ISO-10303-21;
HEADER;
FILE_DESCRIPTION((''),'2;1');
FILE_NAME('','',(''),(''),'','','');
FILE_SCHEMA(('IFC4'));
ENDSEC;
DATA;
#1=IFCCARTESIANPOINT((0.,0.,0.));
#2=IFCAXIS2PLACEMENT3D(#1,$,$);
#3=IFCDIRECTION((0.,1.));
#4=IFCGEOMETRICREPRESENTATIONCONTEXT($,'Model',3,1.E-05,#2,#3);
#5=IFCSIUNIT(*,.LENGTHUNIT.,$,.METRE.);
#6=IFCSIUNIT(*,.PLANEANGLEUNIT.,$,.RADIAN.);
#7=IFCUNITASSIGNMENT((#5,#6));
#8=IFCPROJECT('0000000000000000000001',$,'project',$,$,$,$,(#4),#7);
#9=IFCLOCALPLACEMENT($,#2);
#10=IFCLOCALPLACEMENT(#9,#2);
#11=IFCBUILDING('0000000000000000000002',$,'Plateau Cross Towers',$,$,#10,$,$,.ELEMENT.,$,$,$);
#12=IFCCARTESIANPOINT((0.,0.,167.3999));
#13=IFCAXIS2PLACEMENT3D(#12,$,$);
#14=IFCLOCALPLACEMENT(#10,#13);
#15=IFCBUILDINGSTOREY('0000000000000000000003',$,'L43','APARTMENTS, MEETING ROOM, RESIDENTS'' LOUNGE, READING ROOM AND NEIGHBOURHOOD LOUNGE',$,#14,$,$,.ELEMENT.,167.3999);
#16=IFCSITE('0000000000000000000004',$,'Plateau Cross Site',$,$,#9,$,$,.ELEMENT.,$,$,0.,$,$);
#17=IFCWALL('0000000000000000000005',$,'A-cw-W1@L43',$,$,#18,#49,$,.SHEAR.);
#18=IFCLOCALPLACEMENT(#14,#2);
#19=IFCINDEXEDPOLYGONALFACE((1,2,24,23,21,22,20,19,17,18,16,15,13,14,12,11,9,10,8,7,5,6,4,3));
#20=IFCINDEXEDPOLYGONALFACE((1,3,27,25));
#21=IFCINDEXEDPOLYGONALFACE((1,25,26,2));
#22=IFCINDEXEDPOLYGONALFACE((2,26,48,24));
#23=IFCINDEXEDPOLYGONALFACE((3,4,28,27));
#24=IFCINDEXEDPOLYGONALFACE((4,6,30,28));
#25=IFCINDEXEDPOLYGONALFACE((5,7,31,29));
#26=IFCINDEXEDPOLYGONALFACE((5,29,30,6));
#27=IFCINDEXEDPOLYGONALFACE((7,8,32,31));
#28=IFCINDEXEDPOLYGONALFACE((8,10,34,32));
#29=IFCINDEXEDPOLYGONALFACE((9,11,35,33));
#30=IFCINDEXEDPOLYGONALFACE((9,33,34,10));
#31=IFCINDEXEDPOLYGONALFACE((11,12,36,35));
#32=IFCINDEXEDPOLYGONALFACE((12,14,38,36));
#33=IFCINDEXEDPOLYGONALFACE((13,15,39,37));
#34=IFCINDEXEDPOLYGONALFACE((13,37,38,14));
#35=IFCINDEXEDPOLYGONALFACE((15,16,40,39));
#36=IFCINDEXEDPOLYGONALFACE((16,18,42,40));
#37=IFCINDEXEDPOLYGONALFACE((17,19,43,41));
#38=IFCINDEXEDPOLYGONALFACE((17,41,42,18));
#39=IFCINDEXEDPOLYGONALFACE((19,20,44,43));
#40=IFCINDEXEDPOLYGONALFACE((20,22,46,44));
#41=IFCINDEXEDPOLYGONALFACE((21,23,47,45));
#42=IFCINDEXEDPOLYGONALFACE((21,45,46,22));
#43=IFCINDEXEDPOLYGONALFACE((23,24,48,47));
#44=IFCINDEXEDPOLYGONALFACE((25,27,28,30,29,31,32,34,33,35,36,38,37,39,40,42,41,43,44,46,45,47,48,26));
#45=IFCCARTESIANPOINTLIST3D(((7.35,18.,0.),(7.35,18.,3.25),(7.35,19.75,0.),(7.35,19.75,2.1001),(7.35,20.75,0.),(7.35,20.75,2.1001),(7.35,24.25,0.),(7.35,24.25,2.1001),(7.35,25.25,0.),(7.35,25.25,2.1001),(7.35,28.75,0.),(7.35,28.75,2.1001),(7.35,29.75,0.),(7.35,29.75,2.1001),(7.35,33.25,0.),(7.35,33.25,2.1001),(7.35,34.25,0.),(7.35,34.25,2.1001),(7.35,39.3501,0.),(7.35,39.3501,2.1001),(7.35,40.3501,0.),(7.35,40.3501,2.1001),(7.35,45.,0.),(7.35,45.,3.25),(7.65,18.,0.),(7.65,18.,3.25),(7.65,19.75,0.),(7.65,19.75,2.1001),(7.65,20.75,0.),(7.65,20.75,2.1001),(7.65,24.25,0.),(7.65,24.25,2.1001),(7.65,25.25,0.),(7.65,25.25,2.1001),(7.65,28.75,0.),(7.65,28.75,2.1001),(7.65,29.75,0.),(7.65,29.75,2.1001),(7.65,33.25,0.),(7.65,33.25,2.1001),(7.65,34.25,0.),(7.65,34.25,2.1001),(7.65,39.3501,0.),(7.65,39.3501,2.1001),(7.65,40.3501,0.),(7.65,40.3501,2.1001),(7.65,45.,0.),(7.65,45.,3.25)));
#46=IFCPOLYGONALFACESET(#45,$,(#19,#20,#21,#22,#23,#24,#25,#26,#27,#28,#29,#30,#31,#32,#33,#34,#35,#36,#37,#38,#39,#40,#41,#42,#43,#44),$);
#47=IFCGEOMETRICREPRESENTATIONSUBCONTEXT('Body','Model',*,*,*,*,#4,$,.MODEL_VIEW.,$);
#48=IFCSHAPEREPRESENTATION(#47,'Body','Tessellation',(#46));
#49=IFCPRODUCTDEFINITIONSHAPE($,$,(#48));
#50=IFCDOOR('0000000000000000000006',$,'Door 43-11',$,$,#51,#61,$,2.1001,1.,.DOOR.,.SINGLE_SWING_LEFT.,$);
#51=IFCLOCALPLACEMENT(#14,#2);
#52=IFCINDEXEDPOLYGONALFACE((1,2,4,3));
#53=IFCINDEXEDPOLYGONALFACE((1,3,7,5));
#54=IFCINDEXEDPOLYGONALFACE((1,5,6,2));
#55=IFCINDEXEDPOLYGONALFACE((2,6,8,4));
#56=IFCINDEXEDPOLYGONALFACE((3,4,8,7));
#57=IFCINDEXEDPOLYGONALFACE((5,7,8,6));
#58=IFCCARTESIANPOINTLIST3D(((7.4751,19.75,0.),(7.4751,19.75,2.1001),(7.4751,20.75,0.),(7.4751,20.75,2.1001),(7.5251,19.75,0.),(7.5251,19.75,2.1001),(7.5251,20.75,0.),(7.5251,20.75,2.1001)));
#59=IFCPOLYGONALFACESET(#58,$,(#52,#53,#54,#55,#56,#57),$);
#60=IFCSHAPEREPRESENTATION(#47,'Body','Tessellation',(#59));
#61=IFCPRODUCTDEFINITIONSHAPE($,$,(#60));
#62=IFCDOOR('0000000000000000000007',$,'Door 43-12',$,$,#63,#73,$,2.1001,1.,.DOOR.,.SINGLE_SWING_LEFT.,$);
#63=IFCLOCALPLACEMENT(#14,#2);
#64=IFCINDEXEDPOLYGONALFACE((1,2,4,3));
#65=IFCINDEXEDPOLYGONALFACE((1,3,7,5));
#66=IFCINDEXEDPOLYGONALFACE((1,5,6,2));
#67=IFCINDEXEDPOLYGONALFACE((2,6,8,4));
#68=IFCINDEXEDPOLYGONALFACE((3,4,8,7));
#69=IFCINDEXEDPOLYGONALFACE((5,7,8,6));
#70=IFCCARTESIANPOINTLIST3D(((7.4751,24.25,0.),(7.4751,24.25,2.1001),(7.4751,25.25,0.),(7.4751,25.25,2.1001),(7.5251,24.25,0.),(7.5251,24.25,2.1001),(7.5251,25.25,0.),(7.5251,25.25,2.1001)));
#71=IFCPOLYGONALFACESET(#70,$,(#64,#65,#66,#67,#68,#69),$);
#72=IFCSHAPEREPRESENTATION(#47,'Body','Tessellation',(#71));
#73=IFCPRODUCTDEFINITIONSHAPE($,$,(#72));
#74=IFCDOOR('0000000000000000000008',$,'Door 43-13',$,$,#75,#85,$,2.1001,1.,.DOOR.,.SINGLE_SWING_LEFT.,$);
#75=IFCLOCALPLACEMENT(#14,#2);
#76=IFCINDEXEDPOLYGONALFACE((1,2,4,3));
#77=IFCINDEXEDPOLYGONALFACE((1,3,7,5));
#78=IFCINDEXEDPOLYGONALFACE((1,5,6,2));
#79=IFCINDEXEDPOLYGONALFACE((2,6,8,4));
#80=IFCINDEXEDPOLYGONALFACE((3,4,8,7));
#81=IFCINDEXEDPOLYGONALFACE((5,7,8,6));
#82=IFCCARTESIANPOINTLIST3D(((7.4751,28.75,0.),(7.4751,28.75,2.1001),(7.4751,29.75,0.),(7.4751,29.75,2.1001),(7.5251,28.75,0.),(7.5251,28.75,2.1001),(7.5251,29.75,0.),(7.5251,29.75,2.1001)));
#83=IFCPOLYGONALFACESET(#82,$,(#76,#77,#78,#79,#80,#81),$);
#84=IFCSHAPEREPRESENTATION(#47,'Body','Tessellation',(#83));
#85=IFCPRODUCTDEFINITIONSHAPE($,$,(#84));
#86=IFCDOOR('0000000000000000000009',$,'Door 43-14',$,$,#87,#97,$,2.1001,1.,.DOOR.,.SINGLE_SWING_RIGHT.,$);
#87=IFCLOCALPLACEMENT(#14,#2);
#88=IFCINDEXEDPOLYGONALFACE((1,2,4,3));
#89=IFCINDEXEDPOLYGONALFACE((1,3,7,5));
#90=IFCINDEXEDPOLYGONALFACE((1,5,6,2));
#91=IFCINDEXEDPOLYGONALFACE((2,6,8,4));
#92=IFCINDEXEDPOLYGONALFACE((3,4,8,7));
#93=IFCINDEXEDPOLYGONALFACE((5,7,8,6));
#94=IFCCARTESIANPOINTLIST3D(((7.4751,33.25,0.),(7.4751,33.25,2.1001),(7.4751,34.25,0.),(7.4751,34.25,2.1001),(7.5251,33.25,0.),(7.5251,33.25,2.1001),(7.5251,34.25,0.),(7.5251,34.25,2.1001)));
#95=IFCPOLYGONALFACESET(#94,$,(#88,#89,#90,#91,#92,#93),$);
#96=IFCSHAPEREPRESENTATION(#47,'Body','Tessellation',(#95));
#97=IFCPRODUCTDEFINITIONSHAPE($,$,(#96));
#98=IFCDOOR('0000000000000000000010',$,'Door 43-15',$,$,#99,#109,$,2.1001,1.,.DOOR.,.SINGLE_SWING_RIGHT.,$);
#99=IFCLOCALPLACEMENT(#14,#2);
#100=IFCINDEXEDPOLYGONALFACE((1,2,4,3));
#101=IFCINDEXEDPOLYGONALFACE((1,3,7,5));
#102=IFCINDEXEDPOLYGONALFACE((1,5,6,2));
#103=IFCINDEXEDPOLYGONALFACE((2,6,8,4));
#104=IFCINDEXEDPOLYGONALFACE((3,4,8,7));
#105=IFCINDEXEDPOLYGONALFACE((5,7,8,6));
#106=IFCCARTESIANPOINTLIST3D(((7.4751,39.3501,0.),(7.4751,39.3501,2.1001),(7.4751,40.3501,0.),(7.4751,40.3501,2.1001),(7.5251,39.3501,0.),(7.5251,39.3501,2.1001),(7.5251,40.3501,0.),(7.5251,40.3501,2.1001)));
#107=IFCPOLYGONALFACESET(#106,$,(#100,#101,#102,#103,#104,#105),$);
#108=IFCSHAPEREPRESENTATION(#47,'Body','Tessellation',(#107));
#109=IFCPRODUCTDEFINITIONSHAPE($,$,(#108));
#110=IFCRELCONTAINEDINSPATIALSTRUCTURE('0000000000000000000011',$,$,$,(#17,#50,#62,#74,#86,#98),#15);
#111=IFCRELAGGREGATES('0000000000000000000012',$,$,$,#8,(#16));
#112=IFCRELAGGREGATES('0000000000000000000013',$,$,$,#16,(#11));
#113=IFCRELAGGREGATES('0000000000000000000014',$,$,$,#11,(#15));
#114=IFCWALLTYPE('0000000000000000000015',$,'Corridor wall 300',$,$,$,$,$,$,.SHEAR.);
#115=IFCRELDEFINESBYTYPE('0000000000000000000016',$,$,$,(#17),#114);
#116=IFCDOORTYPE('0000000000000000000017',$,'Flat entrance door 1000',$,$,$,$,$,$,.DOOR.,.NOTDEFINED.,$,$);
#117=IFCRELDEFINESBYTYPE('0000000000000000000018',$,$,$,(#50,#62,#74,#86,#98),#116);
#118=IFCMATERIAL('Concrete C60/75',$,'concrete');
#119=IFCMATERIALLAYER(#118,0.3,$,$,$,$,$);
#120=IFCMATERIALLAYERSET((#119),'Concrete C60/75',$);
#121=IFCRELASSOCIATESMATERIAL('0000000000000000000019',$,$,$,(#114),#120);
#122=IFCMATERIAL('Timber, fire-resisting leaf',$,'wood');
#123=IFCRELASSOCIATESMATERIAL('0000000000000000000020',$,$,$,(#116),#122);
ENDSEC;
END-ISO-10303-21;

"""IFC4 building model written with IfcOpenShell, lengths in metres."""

from ifc_helpers import new_model, si_unit, direction, frame, frame_2d, origin, place, context, subcontext, project, spatial, rectangle, extrude, material, layer, layer_set, type_object, element, fill, save


model = new_model("IFC4")

# Units and contexts
model_context = context("Model", 3, precision=1e-05, world=origin(), true_north=direction((0.0, 1.0)))
body_context = subcontext(model_context, "Body", "Model", "MODEL_VIEW")
ifc_project = project(units=[si_unit("LENGTHUNIT", "METRE"), si_unit("PLANEANGLEUNIT", "RADIAN")], contexts=[model_context])

# Site, building, storey
site_placement = place(None, origin())
site = spatial("IfcSite", under=ifc_project, at=site_placement, Name="Plateau Cross Site", CompositionType="ELEMENT", RefElevation=0.0)
building_placement = place(site_placement, origin())
building = spatial("IfcBuilding", under=site, at=building_placement, Name="Plateau Cross Towers", CompositionType="ELEMENT")
storey_placement = place(building_placement, frame((0.0, 0.0, 167.3999)))
storey = spatial("IfcBuildingStorey", under=building, at=storey_placement, Name="L43", Description="APARTMENTS, MEETING ROOM, RESIDENTS' LOUNGE, READING ROOM AND NEIGHBOURHOOD LOUNGE", CompositionType="ELEMENT", Elevation=167.3999)

# Wall, openings, doors
ifc_material_1 = material(Name="Concrete C60/75", Category="concrete")
ifc_layer_1 = layer(ifc_material_1, 0.3)
ifc_layer_set_1 = layer_set([ifc_layer_1], Name="Concrete C60/75")
wall_type_1 = type_object("IfcWallType", Name="Corridor wall 300", PredefinedType="SHEAR", material=ifc_layer_set_1)
wall_1_placement = place(storey_placement, frame((7.5, 18.0, 0.0), z_axis=(0.0, 0.0, 1.0), x_axis=(0.0, 1.0, 0.0)))
wall_1 = element("IfcWall", 1, at=wall_1_placement, inside=storey, type_object=wall_type_1, Name="A-cw-W1@L43", PredefinedType="SHEAR", context=body_context, shape_type="SweptSolid", body=[
    extrude(rectangle(XDim=27.0, YDim=0.3, at=frame_2d((13.5, 0.0))), origin(), (0.0, 0.0, 1.0), 3.25),
])
opening_1_placement = place(wall_1_placement, frame((1.75, 0.0, 0.0)))
opening_1 = element("IfcOpeningElement", 2, at=opening_1_placement, cuts=wall_1, PredefinedType="OPENING", context=body_context, shape_type="SweptSolid", body=[
    extrude(rectangle(XDim=1.0, YDim=2.1001, at=frame_2d((0.5, 1.05))), frame((0.0, 0.1599, 0.0), z_axis=(0.0, -1.0, 0.0), x_axis=(1.0, 0.0, 0.0)), (0.0, 0.0, 1.0), 0.3201),
])
opening_2_placement = place(wall_1_placement, frame((6.25, 0.0, 0.0)))
opening_2 = element("IfcOpeningElement", 3, at=opening_2_placement, cuts=wall_1, PredefinedType="OPENING", context=body_context, shape_type="SweptSolid", body=[
    extrude(rectangle(XDim=1.0, YDim=2.1001, at=frame_2d((0.5, 1.05))), frame((0.0, 0.1599, 0.0), z_axis=(0.0, -1.0, 0.0), x_axis=(1.0, 0.0, 0.0)), (0.0, 0.0, 1.0), 0.3201),
])
opening_3_placement = place(wall_1_placement, frame((10.75, 0.0, 0.0)))
opening_3 = element("IfcOpeningElement", 4, at=opening_3_placement, cuts=wall_1, PredefinedType="OPENING", context=body_context, shape_type="SweptSolid", body=[
    extrude(rectangle(XDim=1.0, YDim=2.1001, at=frame_2d((0.5, 1.05))), frame((0.0, 0.1599, 0.0), z_axis=(0.0, -1.0, 0.0), x_axis=(1.0, 0.0, 0.0)), (0.0, 0.0, 1.0), 0.3201),
])
opening_4_placement = place(wall_1_placement, frame((15.25, 0.0, 0.0)))
opening_4 = element("IfcOpeningElement", 5, at=opening_4_placement, cuts=wall_1, PredefinedType="OPENING", context=body_context, shape_type="SweptSolid", body=[
    extrude(rectangle(XDim=1.0, YDim=2.1001, at=frame_2d((0.5, 1.05))), frame((0.0, 0.1599, 0.0), z_axis=(0.0, -1.0, 0.0), x_axis=(1.0, 0.0, 0.0)), (0.0, 0.0, 1.0), 0.3201),
])
opening_5_placement = place(wall_1_placement, frame((21.3501, 0.0, 0.0)))
opening_5 = element("IfcOpeningElement", 6, at=opening_5_placement, cuts=wall_1, PredefinedType="OPENING", context=body_context, shape_type="SweptSolid", body=[
    extrude(rectangle(XDim=1.0, YDim=2.1001, at=frame_2d((0.5, 1.05))), frame((0.0, 0.1599, 0.0), z_axis=(0.0, -1.0, 0.0), x_axis=(1.0, 0.0, 0.0)), (0.0, 0.0, 1.0), 0.3201),
])
ifc_material_2 = material(Name="Timber, fire-resisting leaf", Category="wood")
door_type_1 = type_object("IfcDoorType", Name="Flat entrance door 1000", OperationType="NOTDEFINED", PredefinedType="DOOR", material=ifc_material_2)
door_1_placement = place(opening_1_placement, origin())
door_1 = element("IfcDoor", 7, at=door_1_placement, inside=storey, type_object=door_type_1, Name="Door 43-11", OperationType="SINGLE_SWING_LEFT", OverallHeight=2.1001, OverallWidth=1.0, PredefinedType="DOOR", context=body_context, shape_type="SweptSolid", body=[
    extrude(rectangle(XDim=1.0, YDim=2.1001, at=frame_2d((0.5, 1.05))), frame((0.0, 0.0249, 0.0), z_axis=(0.0, -1.0, 0.0), x_axis=(1.0, 0.0, 0.0)), (0.0, 0.0, 1.0), 0.05),
])
fill(opening_1, door_1)
door_2_placement = place(opening_2_placement, origin())
door_2 = element("IfcDoor", 8, at=door_2_placement, inside=storey, type_object=door_type_1, Name="Door 43-12", OperationType="SINGLE_SWING_LEFT", OverallHeight=2.1001, OverallWidth=1.0, PredefinedType="DOOR", context=body_context, shape_type="SweptSolid", body=[
    extrude(rectangle(XDim=1.0, YDim=2.1001, at=frame_2d((0.5, 1.05))), frame((0.0, 0.0249, 0.0), z_axis=(0.0, -1.0, 0.0), x_axis=(1.0, 0.0, 0.0)), (0.0, 0.0, 1.0), 0.05),
])
fill(opening_2, door_2)
door_3_placement = place(opening_3_placement, origin())
door_3 = element("IfcDoor", 9, at=door_3_placement, inside=storey, type_object=door_type_1, Name="Door 43-13", OperationType="SINGLE_SWING_LEFT", OverallHeight=2.1001, OverallWidth=1.0, PredefinedType="DOOR", context=body_context, shape_type="SweptSolid", body=[
    extrude(rectangle(XDim=1.0, YDim=2.1001, at=frame_2d((0.5, 1.05))), frame((0.0, 0.0249, 0.0), z_axis=(0.0, -1.0, 0.0), x_axis=(1.0, 0.0, 0.0)), (0.0, 0.0, 1.0), 0.05),
])
fill(opening_3, door_3)
door_4_placement = place(opening_4_placement, origin())
door_4 = element("IfcDoor", 10, at=door_4_placement, inside=storey, type_object=door_type_1, Name="Door 43-14", OperationType="SINGLE_SWING_RIGHT", OverallHeight=2.1001, OverallWidth=1.0, PredefinedType="DOOR", context=body_context, shape_type="SweptSolid", body=[
    extrude(rectangle(XDim=1.0, YDim=2.1001, at=frame_2d((0.5, 1.05))), frame((0.0, 0.0249, 0.0), z_axis=(0.0, -1.0, 0.0), x_axis=(1.0, 0.0, 0.0)), (0.0, 0.0, 1.0), 0.05),
])
fill(opening_4, door_4)
door_5_placement = place(opening_5_placement, origin())
door_5 = element("IfcDoor", 11, at=door_5_placement, inside=storey, type_object=door_type_1, Name="Door 43-15", OperationType="SINGLE_SWING_RIGHT", OverallHeight=2.1001, OverallWidth=1.0, PredefinedType="DOOR", context=body_context, shape_type="SweptSolid", body=[
    extrude(rectangle(XDim=1.0, YDim=2.1001, at=frame_2d((0.5, 1.05))), frame((0.0, 0.0249, 0.0), z_axis=(0.0, -1.0, 0.0), x_axis=(1.0, 0.0, 0.0)), (0.0, 0.0, 1.0), 0.05),
])
fill(opening_5, door_5)

save(model, "model.ifc")
